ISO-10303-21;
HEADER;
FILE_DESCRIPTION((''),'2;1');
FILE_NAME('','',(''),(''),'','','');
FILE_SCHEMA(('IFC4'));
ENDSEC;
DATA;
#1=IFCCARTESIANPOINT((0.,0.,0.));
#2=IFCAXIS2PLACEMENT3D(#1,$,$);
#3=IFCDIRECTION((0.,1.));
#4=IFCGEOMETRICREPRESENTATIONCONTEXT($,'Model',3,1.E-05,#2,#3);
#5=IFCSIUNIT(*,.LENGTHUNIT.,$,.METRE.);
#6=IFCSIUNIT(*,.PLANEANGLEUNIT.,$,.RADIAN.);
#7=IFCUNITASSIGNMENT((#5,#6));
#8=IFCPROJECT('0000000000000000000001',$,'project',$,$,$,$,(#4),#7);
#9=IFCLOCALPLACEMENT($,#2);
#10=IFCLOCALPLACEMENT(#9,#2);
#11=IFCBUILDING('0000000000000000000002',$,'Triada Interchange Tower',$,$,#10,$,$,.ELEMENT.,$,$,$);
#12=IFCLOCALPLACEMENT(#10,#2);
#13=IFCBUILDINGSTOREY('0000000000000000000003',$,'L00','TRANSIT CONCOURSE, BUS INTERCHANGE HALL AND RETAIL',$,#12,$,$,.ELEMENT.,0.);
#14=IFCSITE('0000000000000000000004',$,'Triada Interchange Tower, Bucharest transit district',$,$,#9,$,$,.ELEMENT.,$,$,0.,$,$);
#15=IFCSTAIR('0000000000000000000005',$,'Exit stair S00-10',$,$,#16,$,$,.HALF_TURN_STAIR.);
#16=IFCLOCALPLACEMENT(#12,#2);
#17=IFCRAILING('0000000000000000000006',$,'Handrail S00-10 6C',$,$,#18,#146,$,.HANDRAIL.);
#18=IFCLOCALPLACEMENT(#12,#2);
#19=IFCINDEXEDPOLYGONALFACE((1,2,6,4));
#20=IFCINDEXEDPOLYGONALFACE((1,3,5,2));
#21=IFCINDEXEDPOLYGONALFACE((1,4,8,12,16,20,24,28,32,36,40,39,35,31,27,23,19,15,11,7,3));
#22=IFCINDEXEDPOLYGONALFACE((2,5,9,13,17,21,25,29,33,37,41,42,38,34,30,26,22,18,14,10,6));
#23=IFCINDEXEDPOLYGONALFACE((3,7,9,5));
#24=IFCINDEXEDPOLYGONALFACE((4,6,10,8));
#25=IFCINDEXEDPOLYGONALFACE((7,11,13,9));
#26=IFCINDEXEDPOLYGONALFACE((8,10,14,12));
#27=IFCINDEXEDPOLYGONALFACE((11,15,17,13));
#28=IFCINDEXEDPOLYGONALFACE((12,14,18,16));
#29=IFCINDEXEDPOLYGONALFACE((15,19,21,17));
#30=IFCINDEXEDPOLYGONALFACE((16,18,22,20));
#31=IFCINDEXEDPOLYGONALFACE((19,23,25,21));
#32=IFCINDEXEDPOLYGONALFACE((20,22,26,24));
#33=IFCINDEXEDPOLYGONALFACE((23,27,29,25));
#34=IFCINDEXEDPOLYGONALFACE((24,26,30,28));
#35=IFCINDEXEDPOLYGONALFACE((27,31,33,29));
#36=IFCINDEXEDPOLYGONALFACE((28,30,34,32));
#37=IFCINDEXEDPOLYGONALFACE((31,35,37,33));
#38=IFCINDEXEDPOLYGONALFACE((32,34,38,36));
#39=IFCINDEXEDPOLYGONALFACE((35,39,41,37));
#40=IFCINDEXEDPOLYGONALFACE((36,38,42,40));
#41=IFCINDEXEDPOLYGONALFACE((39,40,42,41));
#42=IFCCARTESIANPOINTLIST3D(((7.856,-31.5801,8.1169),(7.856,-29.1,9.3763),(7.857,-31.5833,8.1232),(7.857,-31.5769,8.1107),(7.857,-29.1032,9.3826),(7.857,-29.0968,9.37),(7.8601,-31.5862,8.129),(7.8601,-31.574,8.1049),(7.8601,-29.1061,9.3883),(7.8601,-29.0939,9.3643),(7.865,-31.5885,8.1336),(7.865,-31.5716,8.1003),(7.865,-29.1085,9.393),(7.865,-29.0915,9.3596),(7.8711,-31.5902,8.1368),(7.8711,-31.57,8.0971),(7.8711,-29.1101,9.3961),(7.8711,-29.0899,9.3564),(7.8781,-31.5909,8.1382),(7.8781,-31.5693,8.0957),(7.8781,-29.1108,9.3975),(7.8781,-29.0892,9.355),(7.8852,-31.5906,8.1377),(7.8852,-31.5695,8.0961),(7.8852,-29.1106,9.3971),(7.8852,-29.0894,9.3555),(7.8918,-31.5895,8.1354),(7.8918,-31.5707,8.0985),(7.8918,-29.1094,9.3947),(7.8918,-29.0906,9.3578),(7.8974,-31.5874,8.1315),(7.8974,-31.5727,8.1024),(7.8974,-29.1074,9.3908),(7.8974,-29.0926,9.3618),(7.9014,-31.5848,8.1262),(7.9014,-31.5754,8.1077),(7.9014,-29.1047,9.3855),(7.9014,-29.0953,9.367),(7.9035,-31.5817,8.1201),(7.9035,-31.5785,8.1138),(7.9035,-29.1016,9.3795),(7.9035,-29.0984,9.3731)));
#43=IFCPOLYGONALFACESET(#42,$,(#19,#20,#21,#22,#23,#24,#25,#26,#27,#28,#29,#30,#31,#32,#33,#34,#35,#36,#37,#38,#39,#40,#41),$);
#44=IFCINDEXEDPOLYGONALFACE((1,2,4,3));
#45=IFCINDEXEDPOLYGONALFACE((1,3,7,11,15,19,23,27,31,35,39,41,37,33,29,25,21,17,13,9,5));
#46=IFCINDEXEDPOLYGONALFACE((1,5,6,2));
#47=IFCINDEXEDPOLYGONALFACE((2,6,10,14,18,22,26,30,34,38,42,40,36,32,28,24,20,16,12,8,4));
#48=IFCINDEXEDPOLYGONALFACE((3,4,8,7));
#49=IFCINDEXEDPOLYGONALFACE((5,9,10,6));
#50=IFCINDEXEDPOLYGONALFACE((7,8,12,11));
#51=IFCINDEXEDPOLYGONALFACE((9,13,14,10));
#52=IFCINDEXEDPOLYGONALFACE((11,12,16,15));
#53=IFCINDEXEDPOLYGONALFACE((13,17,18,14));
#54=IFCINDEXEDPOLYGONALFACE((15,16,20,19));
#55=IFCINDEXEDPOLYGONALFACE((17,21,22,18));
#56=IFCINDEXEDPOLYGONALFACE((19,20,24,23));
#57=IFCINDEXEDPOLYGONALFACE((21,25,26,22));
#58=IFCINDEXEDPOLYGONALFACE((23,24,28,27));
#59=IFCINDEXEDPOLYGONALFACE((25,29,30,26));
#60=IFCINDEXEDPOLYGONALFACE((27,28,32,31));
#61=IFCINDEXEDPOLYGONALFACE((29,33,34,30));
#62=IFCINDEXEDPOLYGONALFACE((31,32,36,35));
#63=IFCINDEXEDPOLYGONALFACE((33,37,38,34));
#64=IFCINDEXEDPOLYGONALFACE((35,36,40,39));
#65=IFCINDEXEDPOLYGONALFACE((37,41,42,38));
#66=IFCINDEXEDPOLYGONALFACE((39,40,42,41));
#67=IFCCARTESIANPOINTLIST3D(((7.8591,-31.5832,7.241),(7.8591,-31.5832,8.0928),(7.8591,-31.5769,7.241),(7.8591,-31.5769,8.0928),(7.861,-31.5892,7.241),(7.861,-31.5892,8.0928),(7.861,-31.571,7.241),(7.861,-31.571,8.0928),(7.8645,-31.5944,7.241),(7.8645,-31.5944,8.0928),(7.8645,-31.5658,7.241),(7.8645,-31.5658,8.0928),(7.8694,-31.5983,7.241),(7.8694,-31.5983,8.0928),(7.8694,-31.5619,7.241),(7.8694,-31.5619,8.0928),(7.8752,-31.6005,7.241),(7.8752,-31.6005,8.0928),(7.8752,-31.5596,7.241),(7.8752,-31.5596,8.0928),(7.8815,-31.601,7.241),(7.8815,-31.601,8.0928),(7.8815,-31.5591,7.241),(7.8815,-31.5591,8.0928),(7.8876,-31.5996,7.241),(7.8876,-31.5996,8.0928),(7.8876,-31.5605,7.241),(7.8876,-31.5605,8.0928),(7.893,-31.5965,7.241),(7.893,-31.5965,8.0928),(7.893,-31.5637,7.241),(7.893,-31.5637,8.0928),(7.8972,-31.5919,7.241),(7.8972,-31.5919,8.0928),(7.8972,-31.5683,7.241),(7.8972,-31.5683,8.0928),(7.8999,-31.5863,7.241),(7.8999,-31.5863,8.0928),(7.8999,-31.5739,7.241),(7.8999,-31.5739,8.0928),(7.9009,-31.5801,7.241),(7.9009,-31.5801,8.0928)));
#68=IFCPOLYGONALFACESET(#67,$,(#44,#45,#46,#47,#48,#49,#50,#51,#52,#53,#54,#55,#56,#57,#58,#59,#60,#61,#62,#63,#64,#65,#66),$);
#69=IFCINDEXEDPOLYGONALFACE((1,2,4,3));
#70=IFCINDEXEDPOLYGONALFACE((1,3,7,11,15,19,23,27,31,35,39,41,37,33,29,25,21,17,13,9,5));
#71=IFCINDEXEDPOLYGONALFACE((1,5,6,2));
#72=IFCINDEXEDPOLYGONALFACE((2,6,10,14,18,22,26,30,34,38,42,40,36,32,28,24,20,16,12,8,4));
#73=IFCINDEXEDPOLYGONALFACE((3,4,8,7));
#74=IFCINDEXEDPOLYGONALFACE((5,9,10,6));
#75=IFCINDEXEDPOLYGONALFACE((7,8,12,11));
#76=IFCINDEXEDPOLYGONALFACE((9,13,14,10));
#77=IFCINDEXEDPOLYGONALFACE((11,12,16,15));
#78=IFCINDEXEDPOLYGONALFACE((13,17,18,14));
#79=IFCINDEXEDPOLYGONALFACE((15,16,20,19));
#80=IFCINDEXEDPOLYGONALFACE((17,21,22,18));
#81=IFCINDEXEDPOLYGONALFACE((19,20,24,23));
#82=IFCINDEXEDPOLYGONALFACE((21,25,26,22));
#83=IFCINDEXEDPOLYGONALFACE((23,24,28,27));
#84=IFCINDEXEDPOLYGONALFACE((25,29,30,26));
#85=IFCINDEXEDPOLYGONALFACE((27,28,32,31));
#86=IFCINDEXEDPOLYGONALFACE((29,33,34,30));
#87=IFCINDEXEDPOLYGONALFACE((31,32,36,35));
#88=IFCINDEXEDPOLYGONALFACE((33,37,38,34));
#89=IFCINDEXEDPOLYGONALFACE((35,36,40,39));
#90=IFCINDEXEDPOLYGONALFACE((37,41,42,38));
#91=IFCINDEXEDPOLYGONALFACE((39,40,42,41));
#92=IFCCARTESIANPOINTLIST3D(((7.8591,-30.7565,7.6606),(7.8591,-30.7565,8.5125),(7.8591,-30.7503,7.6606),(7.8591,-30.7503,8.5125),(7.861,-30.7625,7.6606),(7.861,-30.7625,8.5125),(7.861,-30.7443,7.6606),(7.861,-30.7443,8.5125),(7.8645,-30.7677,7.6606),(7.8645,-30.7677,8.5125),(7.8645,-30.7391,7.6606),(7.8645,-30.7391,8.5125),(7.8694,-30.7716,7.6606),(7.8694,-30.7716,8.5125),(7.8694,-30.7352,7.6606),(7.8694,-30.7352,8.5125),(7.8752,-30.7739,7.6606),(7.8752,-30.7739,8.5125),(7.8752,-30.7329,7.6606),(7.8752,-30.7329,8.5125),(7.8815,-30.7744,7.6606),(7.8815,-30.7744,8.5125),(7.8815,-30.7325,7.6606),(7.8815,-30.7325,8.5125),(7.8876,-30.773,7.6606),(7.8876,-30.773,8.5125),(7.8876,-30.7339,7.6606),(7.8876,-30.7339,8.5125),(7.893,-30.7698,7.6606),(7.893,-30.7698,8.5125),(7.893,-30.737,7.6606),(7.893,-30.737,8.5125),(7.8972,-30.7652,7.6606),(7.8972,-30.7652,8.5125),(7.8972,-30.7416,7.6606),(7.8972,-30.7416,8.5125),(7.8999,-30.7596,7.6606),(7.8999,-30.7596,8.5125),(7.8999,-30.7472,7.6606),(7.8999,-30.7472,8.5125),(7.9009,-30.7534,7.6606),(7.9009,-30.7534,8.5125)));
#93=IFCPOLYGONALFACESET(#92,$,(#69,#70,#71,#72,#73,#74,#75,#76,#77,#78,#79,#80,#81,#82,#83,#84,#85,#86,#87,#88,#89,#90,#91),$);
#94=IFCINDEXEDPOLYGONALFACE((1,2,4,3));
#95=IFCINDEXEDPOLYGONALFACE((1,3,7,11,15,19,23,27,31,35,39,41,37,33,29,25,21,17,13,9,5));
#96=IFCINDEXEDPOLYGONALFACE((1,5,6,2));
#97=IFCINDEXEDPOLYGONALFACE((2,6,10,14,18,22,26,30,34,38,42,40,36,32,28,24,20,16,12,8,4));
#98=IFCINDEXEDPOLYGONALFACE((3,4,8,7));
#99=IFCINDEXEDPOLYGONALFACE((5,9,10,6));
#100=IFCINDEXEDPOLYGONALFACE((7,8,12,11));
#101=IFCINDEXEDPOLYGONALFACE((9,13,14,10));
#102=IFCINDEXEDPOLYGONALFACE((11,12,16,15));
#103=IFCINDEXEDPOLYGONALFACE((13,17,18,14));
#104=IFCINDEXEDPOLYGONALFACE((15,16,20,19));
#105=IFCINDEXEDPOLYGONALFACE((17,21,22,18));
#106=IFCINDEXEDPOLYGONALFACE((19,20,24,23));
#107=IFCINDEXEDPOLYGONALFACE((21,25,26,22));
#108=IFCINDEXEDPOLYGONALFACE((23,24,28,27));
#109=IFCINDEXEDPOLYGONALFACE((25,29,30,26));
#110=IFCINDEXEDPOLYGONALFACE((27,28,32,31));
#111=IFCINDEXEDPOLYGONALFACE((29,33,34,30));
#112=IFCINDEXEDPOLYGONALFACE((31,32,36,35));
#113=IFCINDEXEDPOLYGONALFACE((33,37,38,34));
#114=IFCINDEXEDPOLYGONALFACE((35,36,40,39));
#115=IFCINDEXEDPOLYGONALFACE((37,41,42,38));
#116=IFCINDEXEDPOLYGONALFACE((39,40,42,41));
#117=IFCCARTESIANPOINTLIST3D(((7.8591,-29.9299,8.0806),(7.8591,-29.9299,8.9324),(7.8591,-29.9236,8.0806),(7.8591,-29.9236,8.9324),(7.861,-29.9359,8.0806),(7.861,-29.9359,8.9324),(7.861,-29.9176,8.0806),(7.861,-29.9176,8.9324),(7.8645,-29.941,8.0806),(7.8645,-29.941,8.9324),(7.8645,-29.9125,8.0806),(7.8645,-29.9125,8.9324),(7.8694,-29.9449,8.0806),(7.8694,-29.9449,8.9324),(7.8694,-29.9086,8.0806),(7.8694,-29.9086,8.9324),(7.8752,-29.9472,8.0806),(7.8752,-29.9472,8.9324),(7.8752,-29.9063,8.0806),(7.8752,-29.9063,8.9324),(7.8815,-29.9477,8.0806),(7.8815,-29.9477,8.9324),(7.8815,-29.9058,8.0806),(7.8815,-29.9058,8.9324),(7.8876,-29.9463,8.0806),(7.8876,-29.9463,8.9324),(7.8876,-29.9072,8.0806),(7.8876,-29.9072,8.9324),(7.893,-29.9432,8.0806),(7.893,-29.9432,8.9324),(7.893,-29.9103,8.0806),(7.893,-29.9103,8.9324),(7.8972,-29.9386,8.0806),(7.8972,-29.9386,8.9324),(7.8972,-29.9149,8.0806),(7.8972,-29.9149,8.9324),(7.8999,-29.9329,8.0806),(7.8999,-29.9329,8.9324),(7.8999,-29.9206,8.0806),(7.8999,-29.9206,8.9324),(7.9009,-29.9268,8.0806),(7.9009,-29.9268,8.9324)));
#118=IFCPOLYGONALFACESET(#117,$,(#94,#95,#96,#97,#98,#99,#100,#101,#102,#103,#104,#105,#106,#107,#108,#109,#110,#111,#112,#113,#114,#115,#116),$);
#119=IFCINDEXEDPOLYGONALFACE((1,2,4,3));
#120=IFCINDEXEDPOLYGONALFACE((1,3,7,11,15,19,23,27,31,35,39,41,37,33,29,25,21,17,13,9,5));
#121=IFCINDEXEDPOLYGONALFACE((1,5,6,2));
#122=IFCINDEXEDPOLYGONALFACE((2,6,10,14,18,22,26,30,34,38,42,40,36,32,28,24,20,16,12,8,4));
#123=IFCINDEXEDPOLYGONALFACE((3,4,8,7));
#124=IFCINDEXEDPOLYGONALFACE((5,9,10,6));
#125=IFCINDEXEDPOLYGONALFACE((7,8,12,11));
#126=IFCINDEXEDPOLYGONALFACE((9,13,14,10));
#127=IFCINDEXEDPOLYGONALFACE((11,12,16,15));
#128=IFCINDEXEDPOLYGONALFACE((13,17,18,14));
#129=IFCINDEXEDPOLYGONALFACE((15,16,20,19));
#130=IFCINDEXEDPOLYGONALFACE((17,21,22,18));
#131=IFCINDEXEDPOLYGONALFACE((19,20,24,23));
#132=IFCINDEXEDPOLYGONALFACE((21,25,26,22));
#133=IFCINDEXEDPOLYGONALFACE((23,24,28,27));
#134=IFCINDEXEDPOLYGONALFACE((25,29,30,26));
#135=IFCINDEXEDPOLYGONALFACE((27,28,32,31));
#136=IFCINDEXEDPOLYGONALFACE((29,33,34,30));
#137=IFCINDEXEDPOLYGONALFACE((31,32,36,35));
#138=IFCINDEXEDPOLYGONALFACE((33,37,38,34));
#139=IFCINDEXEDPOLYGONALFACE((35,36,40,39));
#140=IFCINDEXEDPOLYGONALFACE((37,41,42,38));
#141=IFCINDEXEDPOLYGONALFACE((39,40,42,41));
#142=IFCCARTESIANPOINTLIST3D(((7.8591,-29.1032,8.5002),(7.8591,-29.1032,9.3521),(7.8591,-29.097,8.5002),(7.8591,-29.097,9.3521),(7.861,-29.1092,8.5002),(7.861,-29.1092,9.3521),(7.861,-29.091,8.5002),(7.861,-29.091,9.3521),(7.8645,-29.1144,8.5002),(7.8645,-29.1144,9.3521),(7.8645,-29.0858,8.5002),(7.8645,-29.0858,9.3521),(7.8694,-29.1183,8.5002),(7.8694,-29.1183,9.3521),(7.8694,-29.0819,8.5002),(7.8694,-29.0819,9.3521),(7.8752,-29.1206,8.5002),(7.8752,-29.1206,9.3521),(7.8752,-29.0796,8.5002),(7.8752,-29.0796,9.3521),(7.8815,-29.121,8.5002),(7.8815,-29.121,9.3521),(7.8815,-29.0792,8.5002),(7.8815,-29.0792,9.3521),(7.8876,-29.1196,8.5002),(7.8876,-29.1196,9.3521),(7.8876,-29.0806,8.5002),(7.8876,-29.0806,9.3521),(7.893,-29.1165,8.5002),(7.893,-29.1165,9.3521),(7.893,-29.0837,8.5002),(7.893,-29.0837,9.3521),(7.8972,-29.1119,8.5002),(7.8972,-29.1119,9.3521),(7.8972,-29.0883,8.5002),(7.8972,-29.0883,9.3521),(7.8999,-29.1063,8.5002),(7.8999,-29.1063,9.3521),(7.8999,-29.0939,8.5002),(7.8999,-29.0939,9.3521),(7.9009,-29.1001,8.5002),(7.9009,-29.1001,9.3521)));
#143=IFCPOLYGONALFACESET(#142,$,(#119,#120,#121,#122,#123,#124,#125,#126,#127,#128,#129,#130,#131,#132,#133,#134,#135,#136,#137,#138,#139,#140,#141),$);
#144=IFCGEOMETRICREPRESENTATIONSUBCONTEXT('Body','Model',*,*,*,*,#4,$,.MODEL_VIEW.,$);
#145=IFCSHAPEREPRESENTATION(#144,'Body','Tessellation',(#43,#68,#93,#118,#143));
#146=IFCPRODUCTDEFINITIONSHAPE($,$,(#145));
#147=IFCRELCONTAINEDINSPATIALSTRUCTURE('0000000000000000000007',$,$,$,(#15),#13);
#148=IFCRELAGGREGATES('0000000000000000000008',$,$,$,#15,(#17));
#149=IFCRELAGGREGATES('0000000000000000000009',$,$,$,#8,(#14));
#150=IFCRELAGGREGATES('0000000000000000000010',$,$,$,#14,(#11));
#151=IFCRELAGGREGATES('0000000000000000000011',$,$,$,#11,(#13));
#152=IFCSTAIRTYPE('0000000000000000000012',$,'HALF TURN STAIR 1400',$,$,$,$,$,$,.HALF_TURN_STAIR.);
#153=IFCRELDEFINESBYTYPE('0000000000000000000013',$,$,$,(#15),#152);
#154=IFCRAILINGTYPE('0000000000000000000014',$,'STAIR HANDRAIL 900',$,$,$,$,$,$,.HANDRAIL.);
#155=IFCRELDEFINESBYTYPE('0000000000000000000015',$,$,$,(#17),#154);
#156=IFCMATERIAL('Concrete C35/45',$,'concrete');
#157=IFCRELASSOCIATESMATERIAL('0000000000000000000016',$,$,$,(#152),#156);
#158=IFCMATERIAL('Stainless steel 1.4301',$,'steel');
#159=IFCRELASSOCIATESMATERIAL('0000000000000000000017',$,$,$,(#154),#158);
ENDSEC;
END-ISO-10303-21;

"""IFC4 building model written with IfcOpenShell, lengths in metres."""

from ifc_helpers import new_model, si_unit, direction, frame, origin, origin_2d, place, context, subcontext, project, spatial, circle, extrude, material, type_object, element, aggregate, save


model = new_model("IFC4")

# Units and contexts
model_context = context("Model", 3, precision=1e-05, world=origin(), true_north=direction((0.0, 1.0)))
body_context = subcontext(model_context, "Body", "Model", "MODEL_VIEW")
ifc_project = project(units=[si_unit("LENGTHUNIT", "METRE"), si_unit("PLANEANGLEUNIT", "RADIAN")], contexts=[model_context])

# Site, building, storey
site_placement = place(None, origin())
site = spatial("IfcSite", under=ifc_project, at=site_placement, Name="Triada Interchange Tower, Bucharest transit district", CompositionType="ELEMENT", RefElevation=0.0)
building_placement = place(site_placement, origin())
building = spatial("IfcBuilding", under=site, at=building_placement, Name="Triada Interchange Tower", CompositionType="ELEMENT")
storey_placement = place(building_placement, origin())
storey = spatial("IfcBuildingStorey", under=building, at=storey_placement, Name="L00", Description="TRANSIT CONCOURSE, BUS INTERCHANGE HALL AND RETAIL", CompositionType="ELEMENT", Elevation=0.0)

# Stair, railing
ifc_material_1 = material(Name="Concrete C35/45", Category="concrete")
stair_type = type_object("IfcStairType", Name="HALF TURN STAIR 1400", PredefinedType="HALF_TURN_STAIR", material=ifc_material_1)
stair_placement = place(storey_placement, origin())
stair = element("IfcStair", 1, at=stair_placement, inside=storey, type_object=stair_type, Name="Exit stair S00-10", PredefinedType="HALF_TURN_STAIR")
ifc_material_2 = material(Name="Stainless steel 1.4301", Category="steel")
railing_type = type_object("IfcRailingType", Name="STAIR HANDRAIL 900", PredefinedType="HANDRAIL", material=ifc_material_2)
railing_1_placement = place(storey_placement, frame((7.8799, -31.5801, 7.241)))
railing_1 = element("IfcRailing", 2, at=railing_1_placement, type_object=railing_type, Name="Handrail S00-10 6C", PredefinedType="HANDRAIL", context=body_context, shape_type="SweptSolid", body=[
    extrude(circle(Radius=0.0239, at=origin_2d()), frame((0.0, 0.0, 0.876), z_axis=(0.0, 0.891636, 0.452752), x_axis=(-1.0, 0.0, 0.0)), (0.0, 0.0, 1.0), 2.7815),
    extrude(circle(Radius=0.021, at=origin_2d()), origin(), (0.0, 0.0, 1.0), 0.8518),
    extrude(circle(Radius=0.021, at=origin_2d()), frame((0.0, 0.8267, 0.4197)), (0.0, 0.0, 1.0), 0.8518),
    extrude(circle(Radius=0.021, at=origin_2d()), frame((0.0, 1.6533, 0.8396)), (0.0, 0.0, 1.0), 0.8518),
    extrude(circle(Radius=0.021, at=origin_2d()), frame((0.0, 2.48, 1.2593)), (0.0, 0.0, 1.0), 0.8518),
])
aggregate(stair, [railing_1])

save(model, "model.ifc")
